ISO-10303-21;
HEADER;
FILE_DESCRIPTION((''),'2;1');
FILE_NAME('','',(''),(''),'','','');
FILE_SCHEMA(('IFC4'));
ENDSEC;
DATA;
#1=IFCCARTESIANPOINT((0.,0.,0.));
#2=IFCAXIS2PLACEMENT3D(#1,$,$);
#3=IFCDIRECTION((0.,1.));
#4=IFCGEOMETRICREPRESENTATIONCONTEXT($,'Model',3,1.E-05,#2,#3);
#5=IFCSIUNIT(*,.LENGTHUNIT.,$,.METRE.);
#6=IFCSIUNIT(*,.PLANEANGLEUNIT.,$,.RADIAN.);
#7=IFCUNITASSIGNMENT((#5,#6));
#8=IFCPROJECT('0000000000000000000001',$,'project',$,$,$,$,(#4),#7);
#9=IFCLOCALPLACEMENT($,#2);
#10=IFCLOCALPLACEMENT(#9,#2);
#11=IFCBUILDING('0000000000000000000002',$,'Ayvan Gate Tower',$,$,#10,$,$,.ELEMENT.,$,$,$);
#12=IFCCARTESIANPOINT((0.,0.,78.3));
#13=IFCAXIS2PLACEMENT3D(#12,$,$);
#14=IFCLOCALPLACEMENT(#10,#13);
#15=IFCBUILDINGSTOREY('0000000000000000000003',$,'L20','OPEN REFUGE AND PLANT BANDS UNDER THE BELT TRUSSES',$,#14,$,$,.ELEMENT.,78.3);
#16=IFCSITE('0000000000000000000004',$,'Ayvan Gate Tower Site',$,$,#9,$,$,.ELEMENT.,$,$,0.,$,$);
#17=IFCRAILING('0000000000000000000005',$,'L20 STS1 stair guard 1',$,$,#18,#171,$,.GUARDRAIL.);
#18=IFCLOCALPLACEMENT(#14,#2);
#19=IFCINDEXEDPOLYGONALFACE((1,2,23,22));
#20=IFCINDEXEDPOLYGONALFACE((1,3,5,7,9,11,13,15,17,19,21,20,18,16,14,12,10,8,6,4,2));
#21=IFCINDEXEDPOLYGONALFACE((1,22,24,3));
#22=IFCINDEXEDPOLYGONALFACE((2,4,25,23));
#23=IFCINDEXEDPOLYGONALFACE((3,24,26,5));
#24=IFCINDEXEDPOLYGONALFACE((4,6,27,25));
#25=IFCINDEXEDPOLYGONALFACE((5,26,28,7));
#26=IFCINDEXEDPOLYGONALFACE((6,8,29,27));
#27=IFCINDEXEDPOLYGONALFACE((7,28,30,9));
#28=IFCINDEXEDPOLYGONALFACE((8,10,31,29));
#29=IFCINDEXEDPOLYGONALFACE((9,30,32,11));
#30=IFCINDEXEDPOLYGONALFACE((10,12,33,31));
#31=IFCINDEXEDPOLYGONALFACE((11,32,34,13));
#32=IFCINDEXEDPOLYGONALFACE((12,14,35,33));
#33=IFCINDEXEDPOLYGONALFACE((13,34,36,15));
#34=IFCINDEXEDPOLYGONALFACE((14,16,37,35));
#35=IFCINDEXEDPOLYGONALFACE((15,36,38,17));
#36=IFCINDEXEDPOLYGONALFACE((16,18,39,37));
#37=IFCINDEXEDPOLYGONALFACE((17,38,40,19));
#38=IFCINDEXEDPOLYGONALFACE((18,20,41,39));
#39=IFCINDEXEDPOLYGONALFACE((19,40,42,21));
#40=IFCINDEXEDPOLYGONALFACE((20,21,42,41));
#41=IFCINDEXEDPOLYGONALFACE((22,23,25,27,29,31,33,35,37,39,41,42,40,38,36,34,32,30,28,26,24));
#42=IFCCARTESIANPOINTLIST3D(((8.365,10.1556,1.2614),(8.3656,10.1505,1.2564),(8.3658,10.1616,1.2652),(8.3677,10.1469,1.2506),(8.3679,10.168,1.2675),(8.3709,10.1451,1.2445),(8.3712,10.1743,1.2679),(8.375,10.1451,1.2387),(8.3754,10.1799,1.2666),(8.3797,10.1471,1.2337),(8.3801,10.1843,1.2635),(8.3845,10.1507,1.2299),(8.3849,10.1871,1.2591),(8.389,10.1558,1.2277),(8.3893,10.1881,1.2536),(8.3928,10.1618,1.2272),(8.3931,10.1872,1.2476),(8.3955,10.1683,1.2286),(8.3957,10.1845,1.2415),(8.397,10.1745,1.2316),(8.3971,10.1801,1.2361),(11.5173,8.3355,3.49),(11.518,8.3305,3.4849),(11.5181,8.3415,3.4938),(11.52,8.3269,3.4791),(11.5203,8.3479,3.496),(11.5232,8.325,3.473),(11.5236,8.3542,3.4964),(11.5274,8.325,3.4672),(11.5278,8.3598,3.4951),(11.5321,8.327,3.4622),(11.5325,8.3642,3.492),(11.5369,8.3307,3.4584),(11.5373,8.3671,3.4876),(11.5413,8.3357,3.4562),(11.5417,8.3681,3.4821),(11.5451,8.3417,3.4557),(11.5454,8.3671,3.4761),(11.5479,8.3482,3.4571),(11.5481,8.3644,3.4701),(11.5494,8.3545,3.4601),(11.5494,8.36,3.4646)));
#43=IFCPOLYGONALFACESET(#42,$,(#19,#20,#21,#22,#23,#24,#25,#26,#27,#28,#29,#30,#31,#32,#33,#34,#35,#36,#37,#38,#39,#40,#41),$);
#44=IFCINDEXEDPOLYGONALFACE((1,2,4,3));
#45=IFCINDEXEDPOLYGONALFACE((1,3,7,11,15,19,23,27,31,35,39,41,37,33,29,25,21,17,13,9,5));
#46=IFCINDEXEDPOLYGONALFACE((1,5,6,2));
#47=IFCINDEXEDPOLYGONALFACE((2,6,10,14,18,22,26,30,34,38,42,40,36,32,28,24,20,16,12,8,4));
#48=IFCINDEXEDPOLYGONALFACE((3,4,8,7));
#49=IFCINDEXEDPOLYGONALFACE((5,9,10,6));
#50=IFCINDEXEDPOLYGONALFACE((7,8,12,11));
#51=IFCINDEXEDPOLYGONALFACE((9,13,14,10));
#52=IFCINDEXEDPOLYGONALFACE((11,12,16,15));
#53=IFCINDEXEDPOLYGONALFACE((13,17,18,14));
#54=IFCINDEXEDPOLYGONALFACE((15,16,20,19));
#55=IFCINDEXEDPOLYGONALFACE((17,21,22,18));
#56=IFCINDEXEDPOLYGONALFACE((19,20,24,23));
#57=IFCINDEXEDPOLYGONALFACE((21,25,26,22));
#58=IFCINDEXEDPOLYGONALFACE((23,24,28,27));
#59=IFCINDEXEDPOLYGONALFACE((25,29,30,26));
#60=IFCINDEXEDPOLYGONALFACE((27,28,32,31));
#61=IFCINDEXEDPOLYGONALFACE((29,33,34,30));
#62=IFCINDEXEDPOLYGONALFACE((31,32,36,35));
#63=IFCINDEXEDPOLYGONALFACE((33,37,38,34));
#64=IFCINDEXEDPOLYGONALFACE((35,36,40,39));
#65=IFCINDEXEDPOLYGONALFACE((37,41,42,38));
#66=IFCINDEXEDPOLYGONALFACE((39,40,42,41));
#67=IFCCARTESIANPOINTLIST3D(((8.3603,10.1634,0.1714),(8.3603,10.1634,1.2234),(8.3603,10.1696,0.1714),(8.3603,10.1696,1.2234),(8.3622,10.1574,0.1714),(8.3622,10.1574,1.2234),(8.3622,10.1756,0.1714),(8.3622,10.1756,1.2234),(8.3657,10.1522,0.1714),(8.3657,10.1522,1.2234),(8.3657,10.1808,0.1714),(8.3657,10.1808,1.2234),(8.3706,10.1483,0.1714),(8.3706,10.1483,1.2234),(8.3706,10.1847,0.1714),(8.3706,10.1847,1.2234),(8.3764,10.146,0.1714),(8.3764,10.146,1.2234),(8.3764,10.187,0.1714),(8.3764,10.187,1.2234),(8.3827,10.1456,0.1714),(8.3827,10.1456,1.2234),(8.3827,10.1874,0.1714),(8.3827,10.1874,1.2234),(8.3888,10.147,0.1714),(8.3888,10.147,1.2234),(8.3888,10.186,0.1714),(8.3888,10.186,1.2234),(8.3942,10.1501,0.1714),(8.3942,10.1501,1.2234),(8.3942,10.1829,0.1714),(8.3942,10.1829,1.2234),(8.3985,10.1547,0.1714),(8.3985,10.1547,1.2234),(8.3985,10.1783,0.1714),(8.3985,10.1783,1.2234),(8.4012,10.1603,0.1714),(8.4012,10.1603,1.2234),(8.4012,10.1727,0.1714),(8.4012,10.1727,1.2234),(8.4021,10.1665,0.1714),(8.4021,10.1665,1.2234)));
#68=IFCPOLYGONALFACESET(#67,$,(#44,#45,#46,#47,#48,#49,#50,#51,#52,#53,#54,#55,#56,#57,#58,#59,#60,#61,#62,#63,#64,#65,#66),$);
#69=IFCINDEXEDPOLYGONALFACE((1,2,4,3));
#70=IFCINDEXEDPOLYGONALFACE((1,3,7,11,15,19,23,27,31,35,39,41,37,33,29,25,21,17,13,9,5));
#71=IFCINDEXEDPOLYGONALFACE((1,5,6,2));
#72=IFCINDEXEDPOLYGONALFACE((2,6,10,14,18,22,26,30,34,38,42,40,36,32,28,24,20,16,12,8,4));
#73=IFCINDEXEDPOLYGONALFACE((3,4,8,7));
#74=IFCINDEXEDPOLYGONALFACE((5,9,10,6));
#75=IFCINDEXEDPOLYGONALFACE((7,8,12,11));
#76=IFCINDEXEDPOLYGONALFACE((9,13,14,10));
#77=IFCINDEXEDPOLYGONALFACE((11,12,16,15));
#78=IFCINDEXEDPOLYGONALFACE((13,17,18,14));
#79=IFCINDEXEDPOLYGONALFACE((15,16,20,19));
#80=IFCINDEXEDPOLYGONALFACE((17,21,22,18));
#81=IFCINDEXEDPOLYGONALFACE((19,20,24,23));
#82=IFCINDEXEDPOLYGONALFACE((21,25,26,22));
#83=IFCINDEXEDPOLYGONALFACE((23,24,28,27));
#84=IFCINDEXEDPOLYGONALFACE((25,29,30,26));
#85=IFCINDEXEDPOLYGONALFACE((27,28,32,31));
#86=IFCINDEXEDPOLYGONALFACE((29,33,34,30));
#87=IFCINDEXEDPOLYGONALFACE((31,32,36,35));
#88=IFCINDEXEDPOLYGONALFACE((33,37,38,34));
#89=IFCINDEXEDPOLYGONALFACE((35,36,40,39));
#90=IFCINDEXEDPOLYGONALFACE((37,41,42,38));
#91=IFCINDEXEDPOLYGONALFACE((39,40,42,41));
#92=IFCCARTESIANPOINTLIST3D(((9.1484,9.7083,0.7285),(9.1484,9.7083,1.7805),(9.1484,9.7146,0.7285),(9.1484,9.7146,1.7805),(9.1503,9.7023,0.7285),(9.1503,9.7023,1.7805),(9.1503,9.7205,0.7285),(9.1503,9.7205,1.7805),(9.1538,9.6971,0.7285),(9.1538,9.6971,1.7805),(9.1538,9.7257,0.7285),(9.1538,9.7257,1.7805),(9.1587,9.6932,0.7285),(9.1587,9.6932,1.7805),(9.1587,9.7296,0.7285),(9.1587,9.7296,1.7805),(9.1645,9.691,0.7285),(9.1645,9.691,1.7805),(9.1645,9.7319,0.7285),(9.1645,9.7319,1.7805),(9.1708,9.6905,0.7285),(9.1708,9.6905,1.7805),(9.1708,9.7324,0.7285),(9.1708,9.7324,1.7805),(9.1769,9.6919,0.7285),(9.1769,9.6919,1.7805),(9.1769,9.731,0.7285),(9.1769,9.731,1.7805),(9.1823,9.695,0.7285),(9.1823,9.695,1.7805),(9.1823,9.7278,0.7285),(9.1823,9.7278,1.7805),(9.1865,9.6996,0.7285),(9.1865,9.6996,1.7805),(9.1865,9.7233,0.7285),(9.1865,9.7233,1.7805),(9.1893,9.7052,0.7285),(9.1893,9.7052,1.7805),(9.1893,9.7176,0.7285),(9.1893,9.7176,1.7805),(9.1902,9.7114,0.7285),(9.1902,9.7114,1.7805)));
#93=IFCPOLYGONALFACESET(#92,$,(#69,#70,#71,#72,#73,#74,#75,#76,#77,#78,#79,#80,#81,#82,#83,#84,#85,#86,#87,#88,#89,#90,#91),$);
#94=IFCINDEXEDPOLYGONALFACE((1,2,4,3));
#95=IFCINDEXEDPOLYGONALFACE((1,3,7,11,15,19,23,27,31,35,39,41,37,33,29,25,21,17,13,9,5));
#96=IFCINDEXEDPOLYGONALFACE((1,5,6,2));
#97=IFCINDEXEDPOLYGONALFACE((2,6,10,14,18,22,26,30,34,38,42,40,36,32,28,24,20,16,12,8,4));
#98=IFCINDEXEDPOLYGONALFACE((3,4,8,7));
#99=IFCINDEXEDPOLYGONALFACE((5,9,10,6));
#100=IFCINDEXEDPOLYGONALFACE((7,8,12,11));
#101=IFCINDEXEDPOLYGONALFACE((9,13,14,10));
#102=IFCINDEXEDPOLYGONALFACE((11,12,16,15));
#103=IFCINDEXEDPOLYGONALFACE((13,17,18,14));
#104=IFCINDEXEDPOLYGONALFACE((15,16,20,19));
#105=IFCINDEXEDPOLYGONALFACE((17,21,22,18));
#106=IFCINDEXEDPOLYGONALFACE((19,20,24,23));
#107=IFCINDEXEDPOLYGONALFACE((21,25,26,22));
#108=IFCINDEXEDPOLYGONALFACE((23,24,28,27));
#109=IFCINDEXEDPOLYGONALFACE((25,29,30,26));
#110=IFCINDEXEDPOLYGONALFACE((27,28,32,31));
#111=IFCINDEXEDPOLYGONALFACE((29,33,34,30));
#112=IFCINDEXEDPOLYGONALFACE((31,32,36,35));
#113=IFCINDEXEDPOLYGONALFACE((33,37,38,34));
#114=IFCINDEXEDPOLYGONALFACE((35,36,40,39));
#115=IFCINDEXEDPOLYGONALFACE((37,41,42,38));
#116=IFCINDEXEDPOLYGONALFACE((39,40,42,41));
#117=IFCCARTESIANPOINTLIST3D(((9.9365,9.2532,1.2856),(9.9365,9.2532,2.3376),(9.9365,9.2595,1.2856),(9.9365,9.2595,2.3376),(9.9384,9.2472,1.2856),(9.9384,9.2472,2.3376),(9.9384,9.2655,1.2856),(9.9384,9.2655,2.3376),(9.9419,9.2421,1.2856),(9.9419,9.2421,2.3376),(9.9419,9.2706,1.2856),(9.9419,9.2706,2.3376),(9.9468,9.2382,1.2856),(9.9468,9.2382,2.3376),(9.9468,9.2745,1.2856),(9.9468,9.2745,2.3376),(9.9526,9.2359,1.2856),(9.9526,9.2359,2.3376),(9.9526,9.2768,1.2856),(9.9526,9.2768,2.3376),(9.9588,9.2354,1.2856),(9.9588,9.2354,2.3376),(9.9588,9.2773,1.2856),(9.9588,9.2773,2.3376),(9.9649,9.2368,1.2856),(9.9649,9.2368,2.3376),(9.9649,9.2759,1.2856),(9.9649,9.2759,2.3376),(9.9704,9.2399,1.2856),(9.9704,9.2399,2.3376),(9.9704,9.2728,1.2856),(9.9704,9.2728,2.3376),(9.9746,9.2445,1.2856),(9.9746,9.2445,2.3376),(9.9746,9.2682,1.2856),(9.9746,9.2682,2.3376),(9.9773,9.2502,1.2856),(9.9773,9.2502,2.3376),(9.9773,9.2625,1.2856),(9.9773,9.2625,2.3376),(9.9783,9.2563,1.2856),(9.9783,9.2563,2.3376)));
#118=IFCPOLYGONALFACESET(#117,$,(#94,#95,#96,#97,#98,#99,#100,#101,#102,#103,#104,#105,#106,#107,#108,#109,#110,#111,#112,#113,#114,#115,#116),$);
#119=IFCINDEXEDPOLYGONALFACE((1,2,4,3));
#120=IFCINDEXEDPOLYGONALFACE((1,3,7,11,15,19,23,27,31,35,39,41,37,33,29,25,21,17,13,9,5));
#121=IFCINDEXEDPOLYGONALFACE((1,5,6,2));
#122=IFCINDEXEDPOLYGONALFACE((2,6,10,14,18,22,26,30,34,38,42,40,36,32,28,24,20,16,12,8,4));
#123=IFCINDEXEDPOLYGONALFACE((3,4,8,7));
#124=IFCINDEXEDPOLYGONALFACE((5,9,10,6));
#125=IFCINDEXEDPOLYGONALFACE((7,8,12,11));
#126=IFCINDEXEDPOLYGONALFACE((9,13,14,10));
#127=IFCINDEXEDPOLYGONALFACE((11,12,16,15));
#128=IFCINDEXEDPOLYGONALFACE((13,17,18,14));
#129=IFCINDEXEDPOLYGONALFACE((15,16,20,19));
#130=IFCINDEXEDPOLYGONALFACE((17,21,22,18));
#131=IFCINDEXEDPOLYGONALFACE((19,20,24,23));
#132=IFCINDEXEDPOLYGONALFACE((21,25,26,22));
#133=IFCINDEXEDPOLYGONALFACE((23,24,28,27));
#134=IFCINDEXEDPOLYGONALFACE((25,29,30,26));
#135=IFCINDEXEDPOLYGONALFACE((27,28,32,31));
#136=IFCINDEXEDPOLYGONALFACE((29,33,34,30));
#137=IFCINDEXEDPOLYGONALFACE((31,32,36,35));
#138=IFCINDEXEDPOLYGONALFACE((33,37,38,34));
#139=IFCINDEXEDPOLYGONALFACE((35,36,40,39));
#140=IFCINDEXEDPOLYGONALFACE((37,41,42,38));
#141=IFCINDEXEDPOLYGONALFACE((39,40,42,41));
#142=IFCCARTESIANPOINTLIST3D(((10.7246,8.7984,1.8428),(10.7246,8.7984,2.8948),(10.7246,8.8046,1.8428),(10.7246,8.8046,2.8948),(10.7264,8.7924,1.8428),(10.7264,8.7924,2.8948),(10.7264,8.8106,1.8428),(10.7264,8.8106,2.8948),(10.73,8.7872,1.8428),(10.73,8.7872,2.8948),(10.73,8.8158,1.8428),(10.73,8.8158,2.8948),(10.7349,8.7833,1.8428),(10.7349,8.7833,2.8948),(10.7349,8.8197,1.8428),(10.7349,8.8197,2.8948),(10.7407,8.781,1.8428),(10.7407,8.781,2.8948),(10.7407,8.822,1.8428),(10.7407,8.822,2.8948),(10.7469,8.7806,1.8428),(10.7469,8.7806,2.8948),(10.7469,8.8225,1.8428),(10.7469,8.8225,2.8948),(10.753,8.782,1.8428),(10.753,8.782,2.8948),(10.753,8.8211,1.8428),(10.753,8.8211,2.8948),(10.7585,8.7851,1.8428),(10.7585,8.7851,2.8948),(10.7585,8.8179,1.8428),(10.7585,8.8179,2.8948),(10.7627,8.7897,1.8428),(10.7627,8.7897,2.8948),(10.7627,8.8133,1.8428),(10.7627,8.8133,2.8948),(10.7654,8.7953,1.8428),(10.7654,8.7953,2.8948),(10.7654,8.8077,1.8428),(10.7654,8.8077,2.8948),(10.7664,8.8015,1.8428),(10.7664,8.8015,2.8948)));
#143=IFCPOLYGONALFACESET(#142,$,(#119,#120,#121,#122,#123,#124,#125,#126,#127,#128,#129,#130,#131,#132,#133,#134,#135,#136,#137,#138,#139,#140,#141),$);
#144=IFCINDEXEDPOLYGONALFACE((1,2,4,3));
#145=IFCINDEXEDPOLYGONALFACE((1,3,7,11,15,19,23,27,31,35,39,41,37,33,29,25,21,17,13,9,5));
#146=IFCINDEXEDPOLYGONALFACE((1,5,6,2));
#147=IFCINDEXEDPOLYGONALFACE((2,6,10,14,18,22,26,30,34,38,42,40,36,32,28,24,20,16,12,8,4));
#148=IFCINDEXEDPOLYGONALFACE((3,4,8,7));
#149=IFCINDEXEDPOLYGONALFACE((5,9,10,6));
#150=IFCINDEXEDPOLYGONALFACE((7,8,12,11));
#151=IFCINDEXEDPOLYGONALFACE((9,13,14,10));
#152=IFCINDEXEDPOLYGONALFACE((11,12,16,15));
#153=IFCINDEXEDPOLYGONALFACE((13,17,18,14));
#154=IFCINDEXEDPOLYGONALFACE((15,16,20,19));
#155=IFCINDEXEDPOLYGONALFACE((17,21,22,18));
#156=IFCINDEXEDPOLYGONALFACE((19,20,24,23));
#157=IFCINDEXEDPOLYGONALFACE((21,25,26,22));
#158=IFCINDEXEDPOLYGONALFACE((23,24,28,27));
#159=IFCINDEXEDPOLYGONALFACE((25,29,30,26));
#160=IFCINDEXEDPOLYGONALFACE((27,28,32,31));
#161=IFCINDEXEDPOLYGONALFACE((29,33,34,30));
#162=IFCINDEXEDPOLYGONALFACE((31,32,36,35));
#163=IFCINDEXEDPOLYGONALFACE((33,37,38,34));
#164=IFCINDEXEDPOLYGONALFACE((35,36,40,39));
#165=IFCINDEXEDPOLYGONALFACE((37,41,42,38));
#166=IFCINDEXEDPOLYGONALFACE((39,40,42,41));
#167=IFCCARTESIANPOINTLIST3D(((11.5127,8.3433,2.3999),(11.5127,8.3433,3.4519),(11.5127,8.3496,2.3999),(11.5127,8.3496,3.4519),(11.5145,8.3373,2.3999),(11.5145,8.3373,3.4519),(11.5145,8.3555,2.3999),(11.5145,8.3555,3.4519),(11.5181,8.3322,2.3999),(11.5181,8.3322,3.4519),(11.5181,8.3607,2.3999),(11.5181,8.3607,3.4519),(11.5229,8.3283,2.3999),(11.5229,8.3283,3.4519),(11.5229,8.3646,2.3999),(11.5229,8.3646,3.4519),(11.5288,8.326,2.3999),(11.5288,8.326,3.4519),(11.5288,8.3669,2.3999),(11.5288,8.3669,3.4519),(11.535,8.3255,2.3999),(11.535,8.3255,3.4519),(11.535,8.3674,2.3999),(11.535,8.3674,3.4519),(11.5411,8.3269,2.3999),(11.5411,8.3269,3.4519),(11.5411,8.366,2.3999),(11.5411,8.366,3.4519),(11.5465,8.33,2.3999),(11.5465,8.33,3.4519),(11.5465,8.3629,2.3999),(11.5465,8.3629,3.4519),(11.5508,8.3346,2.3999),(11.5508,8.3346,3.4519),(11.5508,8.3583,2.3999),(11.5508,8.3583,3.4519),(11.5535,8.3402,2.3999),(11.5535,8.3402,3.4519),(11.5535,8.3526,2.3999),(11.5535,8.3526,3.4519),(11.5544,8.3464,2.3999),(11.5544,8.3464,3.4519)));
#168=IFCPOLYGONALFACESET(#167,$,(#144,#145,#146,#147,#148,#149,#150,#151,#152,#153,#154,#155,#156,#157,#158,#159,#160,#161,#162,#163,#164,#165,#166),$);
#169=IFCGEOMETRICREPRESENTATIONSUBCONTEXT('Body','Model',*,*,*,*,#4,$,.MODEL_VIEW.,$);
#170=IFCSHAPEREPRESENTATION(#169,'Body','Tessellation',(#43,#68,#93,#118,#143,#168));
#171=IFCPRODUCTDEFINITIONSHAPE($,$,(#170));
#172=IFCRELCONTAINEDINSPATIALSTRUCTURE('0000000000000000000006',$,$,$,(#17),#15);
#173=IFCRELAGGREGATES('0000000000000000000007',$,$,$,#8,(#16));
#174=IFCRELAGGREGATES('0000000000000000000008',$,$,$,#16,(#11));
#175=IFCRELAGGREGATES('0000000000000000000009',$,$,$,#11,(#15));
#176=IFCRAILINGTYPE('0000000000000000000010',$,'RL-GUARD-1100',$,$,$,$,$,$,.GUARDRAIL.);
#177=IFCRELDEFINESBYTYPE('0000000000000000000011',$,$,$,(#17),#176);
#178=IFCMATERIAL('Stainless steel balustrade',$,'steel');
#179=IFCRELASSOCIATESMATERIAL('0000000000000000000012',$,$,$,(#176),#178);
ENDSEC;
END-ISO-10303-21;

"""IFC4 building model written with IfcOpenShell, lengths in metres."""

from ifc_helpers import new_model, si_unit, direction, frame, origin, origin_2d, place, context, subcontext, project, spatial, circle, extrude, material, type_object, element, save


model = new_model("IFC4")

# Units and contexts
model_context = context("Model", 3, precision=1e-05, world=origin(), true_north=direction((0.0, 1.0)))
body_context = subcontext(model_context, "Body", "Model", "MODEL_VIEW")
ifc_project = project(units=[si_unit("LENGTHUNIT", "METRE"), si_unit("PLANEANGLEUNIT", "RADIAN")], contexts=[model_context])

# Site, building, storey
site_placement = place(None, origin())
site = spatial("IfcSite", under=ifc_project, at=site_placement, Name="Ayvan Gate Tower Site", CompositionType="ELEMENT", RefElevation=0.0)
building_placement = place(site_placement, origin())
building = spatial("IfcBuilding", under=site, at=building_placement, Name="Ayvan Gate Tower", CompositionType="ELEMENT")
storey_placement = place(building_placement, frame((0.0, 0.0, 78.3)))
storey = spatial("IfcBuildingStorey", under=building, at=storey_placement, Name="L20", Description="OPEN REFUGE AND PLANT BANDS UNDER THE BELT TRUSSES", CompositionType="ELEMENT", Elevation=78.3)

# Railing
ifc_material_1 = material(Name="Stainless steel balustrade", Category="steel")
railing_type_1 = type_object("IfcRailingType", Name="RL-GUARD-1100", PredefinedType="GUARDRAIL", material=ifc_material_1)
railing_1_placement = place(storey_placement, frame((8.3811, 10.1665, 0.1714)))
element("IfcRailing", 1, at=railing_1_placement, inside=storey, type_object=railing_type_1, Name="L20 STS1 stair guard 1", PredefinedType="GUARDRAIL", context=body_context, shape_type="SweptSolid", body=[
    extrude(circle(Radius=0.0239, at=origin_2d()), frame((0.0, 0.0, 1.0762), z_axis=(0.738592, -0.426441, 0.52214), x_axis=(0.500013, 0.866018, 0.0)), (0.0, 0.0, 1.0), 4.2681),
    extrude(circle(Radius=0.021, at=origin_2d()), origin(), (0.0, 0.0, 1.0), 1.052),
    extrude(circle(Radius=0.021, at=origin_2d()), frame((0.7881, -0.4551, 0.5571)), (0.0, 0.0, 1.0), 1.052),
    extrude(circle(Radius=0.021, at=origin_2d()), frame((1.5762, -0.9102, 1.1143)), (0.0, 0.0, 1.0), 1.052),
    extrude(circle(Radius=0.021, at=origin_2d()), frame((2.3643, -1.365, 1.6714)), (0.0, 0.0, 1.0), 1.052),
    extrude(circle(Radius=0.021, at=origin_2d()), frame((3.1523, -1.8201, 2.2285)), (0.0, 0.0, 1.0), 1.052),
])

save(model, "model.ifc")
